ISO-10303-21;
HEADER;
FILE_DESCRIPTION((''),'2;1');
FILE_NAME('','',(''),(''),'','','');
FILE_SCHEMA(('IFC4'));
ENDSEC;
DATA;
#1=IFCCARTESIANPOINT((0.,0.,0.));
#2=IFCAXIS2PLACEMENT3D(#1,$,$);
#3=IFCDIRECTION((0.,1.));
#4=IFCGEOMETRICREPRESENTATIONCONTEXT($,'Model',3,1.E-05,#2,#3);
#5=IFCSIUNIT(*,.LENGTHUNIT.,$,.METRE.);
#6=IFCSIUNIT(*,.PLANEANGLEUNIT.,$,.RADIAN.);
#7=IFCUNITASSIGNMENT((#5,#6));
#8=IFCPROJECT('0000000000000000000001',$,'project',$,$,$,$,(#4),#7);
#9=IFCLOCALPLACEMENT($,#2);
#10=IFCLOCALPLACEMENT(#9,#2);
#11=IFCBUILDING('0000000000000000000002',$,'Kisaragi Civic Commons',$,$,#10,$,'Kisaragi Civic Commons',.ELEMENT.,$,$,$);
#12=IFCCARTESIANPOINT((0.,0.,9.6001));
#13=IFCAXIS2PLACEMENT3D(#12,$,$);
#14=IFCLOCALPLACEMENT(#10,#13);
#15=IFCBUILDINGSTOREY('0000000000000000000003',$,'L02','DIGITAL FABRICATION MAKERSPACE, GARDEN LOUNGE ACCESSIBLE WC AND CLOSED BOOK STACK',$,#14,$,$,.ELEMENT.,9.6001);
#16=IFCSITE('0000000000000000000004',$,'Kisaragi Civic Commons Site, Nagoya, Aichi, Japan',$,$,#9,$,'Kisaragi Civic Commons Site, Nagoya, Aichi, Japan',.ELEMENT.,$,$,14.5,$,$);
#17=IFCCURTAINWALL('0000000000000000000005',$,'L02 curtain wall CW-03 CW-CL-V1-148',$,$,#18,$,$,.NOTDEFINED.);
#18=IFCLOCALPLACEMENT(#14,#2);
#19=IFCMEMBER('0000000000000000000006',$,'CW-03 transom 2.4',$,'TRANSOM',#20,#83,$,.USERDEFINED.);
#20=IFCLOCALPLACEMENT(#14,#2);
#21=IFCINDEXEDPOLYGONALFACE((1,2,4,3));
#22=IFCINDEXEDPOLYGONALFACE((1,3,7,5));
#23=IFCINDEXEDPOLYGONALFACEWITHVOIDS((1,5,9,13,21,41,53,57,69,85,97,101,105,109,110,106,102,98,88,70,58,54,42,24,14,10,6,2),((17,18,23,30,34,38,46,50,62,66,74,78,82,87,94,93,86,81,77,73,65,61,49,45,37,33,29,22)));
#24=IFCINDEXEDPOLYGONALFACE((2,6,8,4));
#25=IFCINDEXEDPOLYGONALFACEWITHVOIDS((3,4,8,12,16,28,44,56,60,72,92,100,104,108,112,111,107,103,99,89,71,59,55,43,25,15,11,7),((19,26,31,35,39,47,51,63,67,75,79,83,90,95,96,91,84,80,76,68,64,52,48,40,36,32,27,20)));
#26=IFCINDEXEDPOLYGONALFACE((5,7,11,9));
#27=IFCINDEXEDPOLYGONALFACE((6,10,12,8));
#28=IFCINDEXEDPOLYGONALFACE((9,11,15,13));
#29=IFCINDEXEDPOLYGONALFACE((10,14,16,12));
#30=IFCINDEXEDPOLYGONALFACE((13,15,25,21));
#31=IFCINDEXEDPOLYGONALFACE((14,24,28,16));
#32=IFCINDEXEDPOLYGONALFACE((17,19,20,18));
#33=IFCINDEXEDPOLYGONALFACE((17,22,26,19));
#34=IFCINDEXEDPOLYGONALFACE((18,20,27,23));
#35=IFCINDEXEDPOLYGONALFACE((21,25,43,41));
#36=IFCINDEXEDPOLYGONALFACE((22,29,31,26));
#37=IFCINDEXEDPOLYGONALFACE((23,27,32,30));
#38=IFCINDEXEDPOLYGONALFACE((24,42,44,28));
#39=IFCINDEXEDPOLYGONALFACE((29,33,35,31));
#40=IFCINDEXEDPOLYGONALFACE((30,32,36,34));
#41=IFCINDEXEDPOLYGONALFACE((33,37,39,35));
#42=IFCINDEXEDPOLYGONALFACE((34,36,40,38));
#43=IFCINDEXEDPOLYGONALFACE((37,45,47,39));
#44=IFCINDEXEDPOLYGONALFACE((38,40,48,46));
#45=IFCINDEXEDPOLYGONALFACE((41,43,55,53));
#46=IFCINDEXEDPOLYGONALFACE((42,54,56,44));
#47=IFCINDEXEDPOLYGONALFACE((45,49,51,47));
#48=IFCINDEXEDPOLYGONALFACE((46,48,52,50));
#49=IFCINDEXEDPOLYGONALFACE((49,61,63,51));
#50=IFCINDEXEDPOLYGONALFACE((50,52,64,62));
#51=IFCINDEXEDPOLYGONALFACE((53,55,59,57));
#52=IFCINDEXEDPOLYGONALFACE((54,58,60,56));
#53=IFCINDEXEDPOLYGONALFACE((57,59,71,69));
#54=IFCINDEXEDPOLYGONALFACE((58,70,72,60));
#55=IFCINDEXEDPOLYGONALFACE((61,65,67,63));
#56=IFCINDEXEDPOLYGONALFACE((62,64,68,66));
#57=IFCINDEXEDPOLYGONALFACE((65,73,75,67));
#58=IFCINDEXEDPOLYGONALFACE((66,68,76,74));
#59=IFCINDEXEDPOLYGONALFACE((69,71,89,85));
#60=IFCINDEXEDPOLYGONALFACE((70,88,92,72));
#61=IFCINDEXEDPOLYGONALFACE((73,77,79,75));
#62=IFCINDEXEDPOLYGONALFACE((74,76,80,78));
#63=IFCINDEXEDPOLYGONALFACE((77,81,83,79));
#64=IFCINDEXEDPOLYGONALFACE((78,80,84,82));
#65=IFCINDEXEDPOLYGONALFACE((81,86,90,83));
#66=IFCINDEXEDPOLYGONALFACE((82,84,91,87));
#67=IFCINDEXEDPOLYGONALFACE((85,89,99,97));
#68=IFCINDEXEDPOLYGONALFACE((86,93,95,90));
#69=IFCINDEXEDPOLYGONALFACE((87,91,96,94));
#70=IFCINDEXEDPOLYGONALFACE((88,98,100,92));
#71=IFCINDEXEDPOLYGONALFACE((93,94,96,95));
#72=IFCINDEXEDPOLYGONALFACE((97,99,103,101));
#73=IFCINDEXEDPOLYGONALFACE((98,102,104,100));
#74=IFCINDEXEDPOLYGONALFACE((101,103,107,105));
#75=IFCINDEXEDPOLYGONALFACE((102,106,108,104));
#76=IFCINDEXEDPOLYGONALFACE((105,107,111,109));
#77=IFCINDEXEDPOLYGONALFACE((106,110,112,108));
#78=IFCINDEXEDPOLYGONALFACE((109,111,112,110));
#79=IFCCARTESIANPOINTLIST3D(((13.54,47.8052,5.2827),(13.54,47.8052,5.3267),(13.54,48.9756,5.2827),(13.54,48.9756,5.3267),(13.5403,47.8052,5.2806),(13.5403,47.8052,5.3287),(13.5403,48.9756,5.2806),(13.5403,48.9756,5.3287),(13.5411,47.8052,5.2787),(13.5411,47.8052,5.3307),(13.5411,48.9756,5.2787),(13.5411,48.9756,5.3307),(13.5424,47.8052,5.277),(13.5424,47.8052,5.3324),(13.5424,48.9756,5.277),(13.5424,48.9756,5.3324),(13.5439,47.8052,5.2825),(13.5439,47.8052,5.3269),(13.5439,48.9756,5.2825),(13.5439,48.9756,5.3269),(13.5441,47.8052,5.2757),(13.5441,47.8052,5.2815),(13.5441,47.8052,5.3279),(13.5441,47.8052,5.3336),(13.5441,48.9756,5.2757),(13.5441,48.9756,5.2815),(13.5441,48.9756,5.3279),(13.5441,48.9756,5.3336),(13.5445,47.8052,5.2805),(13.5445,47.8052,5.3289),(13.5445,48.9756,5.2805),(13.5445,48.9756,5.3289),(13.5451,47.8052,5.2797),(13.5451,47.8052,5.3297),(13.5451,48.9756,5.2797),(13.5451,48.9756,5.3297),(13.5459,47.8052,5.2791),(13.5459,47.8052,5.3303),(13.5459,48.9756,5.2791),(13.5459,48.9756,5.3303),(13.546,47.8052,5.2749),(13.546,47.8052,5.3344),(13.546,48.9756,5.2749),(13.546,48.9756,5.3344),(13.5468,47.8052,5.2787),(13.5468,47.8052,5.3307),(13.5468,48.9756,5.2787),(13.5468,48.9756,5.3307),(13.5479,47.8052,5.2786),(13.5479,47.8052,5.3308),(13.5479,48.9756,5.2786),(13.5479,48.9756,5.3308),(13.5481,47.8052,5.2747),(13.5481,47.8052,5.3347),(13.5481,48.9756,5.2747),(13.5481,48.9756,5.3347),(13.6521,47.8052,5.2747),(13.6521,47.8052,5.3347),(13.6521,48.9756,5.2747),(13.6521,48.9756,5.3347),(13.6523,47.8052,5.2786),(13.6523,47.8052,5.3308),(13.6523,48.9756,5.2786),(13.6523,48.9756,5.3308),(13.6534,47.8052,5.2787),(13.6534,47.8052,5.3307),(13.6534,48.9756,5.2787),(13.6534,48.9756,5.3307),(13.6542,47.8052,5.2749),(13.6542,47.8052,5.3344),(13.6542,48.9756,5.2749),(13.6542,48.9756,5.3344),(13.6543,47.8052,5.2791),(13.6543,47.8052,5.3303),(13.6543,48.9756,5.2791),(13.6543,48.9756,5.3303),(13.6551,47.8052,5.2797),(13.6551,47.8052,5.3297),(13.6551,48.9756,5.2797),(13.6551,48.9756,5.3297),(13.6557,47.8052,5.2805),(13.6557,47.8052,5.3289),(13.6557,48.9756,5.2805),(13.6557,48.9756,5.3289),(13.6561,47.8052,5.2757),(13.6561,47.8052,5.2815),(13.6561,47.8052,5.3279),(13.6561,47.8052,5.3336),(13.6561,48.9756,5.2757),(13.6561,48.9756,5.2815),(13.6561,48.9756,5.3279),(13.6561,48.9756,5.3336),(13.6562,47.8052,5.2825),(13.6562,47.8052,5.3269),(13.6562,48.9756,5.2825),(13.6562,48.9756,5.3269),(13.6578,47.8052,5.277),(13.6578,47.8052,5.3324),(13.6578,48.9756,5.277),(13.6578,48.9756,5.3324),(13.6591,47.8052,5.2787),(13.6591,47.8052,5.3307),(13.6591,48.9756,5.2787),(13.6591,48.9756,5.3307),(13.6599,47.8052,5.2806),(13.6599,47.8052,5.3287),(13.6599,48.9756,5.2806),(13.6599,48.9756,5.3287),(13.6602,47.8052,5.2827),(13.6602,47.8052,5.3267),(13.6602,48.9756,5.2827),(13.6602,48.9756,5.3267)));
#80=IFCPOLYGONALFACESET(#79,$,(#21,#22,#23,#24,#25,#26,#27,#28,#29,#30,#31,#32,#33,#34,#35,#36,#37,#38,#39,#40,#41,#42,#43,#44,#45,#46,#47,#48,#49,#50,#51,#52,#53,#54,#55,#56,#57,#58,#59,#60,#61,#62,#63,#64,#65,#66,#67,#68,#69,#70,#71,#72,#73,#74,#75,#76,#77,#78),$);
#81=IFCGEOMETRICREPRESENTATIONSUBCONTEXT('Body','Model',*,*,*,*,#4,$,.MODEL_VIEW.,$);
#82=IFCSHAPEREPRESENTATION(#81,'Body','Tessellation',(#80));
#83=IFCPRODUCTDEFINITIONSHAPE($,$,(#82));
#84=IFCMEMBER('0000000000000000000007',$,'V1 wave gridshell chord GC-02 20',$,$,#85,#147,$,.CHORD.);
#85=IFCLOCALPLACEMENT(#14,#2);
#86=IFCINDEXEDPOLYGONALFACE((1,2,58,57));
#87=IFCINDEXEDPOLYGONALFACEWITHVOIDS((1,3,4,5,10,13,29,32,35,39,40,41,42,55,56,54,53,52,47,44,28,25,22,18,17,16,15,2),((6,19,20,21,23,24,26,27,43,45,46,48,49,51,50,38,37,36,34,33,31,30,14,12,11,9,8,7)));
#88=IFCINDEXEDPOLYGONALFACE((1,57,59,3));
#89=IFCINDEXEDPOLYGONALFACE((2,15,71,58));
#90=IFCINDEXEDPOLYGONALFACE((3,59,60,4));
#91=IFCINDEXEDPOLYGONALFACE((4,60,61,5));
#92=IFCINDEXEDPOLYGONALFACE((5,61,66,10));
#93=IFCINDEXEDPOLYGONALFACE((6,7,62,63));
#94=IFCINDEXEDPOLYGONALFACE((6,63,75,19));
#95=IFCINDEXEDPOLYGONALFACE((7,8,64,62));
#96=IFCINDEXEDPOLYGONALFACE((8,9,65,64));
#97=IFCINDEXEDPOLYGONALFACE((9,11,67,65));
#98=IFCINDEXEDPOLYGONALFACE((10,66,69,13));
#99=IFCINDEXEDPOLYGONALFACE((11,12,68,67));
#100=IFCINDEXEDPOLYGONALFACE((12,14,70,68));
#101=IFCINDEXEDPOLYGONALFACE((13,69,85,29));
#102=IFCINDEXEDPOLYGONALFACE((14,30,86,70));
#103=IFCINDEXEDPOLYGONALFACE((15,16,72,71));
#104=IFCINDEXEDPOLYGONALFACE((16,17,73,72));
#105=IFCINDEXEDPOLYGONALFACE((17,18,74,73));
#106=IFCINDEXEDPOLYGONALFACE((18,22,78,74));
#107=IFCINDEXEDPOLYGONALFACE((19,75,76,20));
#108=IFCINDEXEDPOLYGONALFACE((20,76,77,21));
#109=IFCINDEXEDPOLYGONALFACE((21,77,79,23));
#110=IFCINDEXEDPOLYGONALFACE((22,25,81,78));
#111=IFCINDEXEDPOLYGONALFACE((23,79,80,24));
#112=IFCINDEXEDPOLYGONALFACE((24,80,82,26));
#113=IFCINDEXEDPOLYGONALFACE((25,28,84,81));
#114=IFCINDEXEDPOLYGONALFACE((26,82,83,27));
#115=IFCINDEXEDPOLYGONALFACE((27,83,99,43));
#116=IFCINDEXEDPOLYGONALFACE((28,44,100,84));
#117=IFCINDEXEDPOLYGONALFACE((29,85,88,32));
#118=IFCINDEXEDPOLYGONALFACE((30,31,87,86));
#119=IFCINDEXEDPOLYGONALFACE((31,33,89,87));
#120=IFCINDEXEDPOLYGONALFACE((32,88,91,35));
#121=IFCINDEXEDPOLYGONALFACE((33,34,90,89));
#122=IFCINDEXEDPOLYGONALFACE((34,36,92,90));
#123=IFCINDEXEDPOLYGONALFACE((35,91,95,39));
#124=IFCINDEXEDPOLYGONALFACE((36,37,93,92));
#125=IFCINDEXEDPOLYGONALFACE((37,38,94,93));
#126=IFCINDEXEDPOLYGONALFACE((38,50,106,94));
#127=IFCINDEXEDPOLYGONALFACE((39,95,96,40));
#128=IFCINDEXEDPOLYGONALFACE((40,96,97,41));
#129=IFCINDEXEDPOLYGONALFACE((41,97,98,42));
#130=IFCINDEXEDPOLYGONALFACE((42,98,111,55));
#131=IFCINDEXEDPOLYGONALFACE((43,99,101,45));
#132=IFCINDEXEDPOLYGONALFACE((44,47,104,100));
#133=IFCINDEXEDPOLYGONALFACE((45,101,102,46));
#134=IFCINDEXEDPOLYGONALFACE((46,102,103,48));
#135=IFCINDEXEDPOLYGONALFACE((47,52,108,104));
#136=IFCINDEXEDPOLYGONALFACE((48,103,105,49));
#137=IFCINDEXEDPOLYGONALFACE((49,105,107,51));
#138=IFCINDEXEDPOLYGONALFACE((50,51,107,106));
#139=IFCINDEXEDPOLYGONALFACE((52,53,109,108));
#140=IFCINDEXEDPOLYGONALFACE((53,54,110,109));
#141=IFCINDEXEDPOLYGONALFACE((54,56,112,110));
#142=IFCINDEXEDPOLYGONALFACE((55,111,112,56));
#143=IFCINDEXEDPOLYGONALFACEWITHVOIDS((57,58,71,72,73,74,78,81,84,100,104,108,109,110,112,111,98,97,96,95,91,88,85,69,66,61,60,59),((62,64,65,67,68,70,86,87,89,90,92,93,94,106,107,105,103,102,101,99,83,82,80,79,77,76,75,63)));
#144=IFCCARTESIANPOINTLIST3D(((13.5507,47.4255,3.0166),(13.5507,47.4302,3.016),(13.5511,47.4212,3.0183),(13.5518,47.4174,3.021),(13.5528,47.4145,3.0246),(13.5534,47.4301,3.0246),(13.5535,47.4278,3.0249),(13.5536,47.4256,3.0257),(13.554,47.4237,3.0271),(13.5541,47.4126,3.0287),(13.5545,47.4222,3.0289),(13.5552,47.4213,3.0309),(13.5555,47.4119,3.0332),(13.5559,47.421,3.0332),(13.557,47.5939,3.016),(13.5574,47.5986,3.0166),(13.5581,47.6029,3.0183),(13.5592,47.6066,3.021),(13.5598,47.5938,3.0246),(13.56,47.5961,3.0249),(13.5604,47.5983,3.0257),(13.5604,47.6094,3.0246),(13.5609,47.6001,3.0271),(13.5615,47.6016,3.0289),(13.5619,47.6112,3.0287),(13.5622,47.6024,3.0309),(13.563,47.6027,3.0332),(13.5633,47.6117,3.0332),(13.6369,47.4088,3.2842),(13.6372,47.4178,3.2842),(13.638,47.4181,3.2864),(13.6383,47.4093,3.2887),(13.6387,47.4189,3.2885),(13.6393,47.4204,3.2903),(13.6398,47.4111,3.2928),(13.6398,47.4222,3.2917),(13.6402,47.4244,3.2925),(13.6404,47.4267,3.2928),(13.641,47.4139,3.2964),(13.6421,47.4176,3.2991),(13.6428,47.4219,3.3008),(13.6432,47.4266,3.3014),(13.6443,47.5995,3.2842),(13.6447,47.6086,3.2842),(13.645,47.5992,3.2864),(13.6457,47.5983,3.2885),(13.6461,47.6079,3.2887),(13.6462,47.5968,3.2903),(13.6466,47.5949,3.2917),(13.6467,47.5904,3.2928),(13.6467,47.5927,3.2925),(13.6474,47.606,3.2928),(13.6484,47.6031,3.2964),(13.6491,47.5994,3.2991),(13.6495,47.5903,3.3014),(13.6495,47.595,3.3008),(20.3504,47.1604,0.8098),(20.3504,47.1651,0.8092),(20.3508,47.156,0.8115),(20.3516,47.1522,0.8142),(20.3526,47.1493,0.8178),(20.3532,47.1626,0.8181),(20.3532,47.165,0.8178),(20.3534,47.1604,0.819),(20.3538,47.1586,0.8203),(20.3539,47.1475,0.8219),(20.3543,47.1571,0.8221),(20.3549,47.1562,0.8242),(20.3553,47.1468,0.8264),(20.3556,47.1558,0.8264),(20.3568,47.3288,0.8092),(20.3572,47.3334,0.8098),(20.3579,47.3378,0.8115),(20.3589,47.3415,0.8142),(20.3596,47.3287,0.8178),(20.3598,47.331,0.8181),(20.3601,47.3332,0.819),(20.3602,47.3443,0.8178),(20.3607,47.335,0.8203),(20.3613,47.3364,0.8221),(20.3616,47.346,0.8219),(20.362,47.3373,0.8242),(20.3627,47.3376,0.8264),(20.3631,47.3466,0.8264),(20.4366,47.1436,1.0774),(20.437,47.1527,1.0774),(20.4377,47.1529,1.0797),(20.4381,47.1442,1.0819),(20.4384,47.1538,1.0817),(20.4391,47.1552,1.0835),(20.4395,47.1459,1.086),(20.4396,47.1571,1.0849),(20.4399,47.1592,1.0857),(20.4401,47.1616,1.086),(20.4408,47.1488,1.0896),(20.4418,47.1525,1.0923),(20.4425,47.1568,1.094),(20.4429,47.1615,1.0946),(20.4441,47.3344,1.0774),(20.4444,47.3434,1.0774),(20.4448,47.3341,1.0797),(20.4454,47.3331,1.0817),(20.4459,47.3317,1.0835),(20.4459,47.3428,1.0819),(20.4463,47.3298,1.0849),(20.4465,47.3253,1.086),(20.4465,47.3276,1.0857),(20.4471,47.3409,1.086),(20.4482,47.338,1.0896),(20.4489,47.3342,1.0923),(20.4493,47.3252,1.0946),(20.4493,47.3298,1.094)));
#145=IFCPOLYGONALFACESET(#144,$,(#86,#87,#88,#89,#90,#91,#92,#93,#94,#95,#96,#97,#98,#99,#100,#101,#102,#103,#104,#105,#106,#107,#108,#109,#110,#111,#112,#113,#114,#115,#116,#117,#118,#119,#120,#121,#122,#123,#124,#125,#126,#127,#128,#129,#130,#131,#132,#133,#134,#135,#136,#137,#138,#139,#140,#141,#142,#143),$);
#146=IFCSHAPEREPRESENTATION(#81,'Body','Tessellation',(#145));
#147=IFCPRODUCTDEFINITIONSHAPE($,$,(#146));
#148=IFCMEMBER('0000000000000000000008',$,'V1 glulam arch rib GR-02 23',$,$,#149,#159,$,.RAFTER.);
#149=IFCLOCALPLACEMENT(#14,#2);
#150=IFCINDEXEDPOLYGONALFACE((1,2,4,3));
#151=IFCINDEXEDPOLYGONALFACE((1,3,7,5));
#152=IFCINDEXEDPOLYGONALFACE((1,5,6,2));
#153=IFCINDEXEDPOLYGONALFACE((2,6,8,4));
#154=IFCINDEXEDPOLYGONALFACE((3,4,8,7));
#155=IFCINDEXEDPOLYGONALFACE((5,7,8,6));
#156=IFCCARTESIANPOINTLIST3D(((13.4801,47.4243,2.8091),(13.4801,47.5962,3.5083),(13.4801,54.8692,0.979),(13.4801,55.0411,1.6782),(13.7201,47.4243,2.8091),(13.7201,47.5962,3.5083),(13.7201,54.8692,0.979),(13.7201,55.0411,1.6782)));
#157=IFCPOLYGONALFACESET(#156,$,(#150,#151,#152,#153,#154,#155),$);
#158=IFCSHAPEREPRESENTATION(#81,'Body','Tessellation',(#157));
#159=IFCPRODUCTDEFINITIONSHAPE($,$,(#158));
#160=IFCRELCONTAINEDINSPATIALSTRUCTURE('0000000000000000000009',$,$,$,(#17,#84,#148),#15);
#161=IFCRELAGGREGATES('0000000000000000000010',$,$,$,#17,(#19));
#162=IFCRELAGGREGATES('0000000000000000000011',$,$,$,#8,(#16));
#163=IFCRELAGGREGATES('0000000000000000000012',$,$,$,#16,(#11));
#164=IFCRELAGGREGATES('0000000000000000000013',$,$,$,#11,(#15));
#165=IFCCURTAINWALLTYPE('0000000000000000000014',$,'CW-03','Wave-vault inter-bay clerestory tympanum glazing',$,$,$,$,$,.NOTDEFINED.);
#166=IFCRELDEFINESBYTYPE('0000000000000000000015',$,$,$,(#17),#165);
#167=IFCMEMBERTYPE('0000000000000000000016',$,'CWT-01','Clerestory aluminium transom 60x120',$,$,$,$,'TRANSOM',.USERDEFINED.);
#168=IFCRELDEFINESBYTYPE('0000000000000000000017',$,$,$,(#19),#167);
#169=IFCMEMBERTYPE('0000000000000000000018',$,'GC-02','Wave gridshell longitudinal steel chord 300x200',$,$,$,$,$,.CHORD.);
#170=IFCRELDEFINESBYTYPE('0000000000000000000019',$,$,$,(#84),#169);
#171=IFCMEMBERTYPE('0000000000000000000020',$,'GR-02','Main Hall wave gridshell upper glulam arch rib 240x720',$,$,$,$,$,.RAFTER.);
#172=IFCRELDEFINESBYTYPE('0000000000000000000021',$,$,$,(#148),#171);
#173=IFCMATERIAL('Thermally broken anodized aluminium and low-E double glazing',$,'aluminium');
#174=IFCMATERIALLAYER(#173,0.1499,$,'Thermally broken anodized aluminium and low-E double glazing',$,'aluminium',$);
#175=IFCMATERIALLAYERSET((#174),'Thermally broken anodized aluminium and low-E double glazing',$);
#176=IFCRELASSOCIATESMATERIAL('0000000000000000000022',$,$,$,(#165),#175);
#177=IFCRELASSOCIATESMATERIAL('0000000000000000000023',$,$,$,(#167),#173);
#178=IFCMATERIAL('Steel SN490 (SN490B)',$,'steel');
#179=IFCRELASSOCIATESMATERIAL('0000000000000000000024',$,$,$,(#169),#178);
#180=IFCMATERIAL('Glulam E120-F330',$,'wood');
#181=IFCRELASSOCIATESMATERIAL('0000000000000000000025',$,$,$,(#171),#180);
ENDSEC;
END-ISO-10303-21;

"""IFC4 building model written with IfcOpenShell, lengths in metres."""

from ifc_helpers import new_model, si_unit, direction, frame, origin, origin_2d, place, context, subcontext, project, spatial, rectangle, hollow_rectangle, extrude, material, layer, layer_set, material_profile, profile_set, type_object, element, aggregate, save


model = new_model("IFC4")

# Units and contexts
model_context = context("Model", 3, precision=1e-05, world=origin(), true_north=direction((0.0, 1.0)))
body_context = subcontext(model_context, "Body", "Model", "MODEL_VIEW")
ifc_project = project(units=[si_unit("LENGTHUNIT", "METRE"), si_unit("PLANEANGLEUNIT", "RADIAN")], contexts=[model_context])

# Site, building, storey
site_placement = place(None, origin())
site = spatial("IfcSite", under=ifc_project, at=site_placement, Name="Kisaragi Civic Commons Site, Nagoya, Aichi, Japan", LongName="Kisaragi Civic Commons Site, Nagoya, Aichi, Japan", CompositionType="ELEMENT", RefElevation=14.5)
building_placement = place(site_placement, origin())
building = spatial("IfcBuilding", under=site, at=building_placement, Name="Kisaragi Civic Commons", LongName="Kisaragi Civic Commons", CompositionType="ELEMENT")
storey_placement = place(building_placement, frame((0.0, 0.0, 9.6001)))
storey = spatial("IfcBuildingStorey", under=building, at=storey_placement, Name="L02", Description="DIGITAL FABRICATION MAKERSPACE, GARDEN LOUNGE ACCESSIBLE WC AND CLOSED BOOK STACK", CompositionType="ELEMENT", Elevation=9.6001)

# Shared definitions
ifc_material_1 = material(Name="Thermally broken anodized aluminium and low-E double glazing", Category="aluminium")
ifc_layer_1 = layer(ifc_material_1, 0.1499, Name="Thermally broken anodized aluminium and low-E double glazing", Category="aluminium")
ifc_layer_set_1 = layer_set([ifc_layer_1], Name="Thermally broken anodized aluminium and low-E double glazing")
curtain_wall_type = type_object("IfcCurtainWallType", Name="CW-03", Description="Wave-vault inter-bay clerestory tympanum glazing", PredefinedType="NOTDEFINED", material=ifc_layer_set_1)

# Curtain wall, member
curtain_wall_1_placement = place(storey_placement, origin())
curtain_wall_1 = element("IfcCurtainWall", 1, at=curtain_wall_1_placement, inside=storey, type_object=curtain_wall_type, Name="L02 curtain wall CW-03 CW-CL-V1-148", PredefinedType="NOTDEFINED")
ifc_material_profile_1 = material_profile(ifc_material_1, hollow_rectangle(XDim=0.1201, YDim=0.0601, WallThickness=0.0039, InnerFilletRadius=0.0039, OuterFilletRadius=0.0081, at=origin_2d()), Name="CWT-60x120x4", Category="aluminium")
ifc_profile_set_1 = profile_set([ifc_material_profile_1], Name="Thermally broken anodized aluminium and low-E double glazing")
member_type_1 = type_object("IfcMemberType", Name="CWT-01", Description="Clerestory aluminium transom 60x120", ElementType="TRANSOM", PredefinedType="USERDEFINED", material=ifc_profile_set_1)
member_1_placement = place(storey_placement, frame((13.6001, 47.8052, 5.3047), z_axis=(0.0, 1.0, 0.0), x_axis=(-1.0, 0.0, 0.0)))
member_1 = element("IfcMember", 2, at=member_1_placement, type_object=member_type_1, Name="CW-03 transom 2.4", ObjectType="TRANSOM", PredefinedType="USERDEFINED", context=body_context, shape_type="SweptSolid", body=[
    extrude(hollow_rectangle(XDim=0.1201, YDim=0.0601, WallThickness=0.0039, InnerFilletRadius=0.0039, OuterFilletRadius=0.0081, at=origin_2d()), origin(), (0.0, 0.0, 1.0), 1.1704),
])

# Members
ifc_material_2 = material(Name="Steel SN490 (SN490B)", Category="steel")
ifc_material_profile_2 = material_profile(ifc_material_2, hollow_rectangle(XDim=0.2, YDim=0.3, WallThickness=0.009, InnerFilletRadius=0.009, OuterFilletRadius=0.0181, at=origin_2d()), Name="STKR-300x200x9", Category="steel")
ifc_profile_set_2 = profile_set([ifc_material_profile_2], Name="Steel SN490 (SN490B)")
member_type_2 = type_object("IfcMemberType", Name="GC-02", Description="Wave gridshell longitudinal steel chord 300x200", PredefinedType="CHORD", material=ifc_profile_set_2)
member_2_placement = place(storey_placement, frame((13.6001, 47.5103, 3.1587), z_axis=(0.95051, -0.037062, -0.308476), x_axis=(0.038962, 0.999241, 0.0)))
element("IfcMember", 3, at=member_2_placement, inside=storey, type_object=member_type_2, Name="V1 wave gridshell chord GC-02 20", PredefinedType="CHORD", context=body_context, shape_type="SweptSolid", body=[
    extrude(hollow_rectangle(XDim=0.2, YDim=0.3, WallThickness=0.009, InnerFilletRadius=0.009, OuterFilletRadius=0.0181, at=origin_2d()), origin(), (0.0, 0.0, 1.0), 7.1538),
])
ifc_material_3 = material(Name="Glulam E120-F330", Category="wood")
ifc_material_profile_3 = material_profile(ifc_material_3, rectangle(XDim=0.24, YDim=0.72, at=origin_2d()), Name="GL-240x720", Category="wood")
ifc_profile_set_3 = profile_set([ifc_material_profile_3], Name="Glulam E120-F330")
member_type_3 = type_object("IfcMemberType", Name="GR-02", Description="Main Hall wave gridshell upper glulam arch rib 240x720", PredefinedType="RAFTER", material=ifc_profile_set_3)
member_3_placement = place(storey_placement, frame((13.6001, 47.5103, 3.1587), z_axis=(0.0, 0.97109, -0.238712), x_axis=(-1.0, 0.0, 0.0)))
element("IfcMember", 4, at=member_3_placement, inside=storey, type_object=member_type_3, Name="V1 glulam arch rib GR-02 23", PredefinedType="RAFTER", context=body_context, shape_type="SweptSolid", body=[
    extrude(rectangle(XDim=0.24, YDim=0.72, at=origin_2d()), origin(), (0.0, 0.0, 1.0), 7.6665),
])

aggregate(curtain_wall_1, [member_1])

save(model, "model.ifc")
